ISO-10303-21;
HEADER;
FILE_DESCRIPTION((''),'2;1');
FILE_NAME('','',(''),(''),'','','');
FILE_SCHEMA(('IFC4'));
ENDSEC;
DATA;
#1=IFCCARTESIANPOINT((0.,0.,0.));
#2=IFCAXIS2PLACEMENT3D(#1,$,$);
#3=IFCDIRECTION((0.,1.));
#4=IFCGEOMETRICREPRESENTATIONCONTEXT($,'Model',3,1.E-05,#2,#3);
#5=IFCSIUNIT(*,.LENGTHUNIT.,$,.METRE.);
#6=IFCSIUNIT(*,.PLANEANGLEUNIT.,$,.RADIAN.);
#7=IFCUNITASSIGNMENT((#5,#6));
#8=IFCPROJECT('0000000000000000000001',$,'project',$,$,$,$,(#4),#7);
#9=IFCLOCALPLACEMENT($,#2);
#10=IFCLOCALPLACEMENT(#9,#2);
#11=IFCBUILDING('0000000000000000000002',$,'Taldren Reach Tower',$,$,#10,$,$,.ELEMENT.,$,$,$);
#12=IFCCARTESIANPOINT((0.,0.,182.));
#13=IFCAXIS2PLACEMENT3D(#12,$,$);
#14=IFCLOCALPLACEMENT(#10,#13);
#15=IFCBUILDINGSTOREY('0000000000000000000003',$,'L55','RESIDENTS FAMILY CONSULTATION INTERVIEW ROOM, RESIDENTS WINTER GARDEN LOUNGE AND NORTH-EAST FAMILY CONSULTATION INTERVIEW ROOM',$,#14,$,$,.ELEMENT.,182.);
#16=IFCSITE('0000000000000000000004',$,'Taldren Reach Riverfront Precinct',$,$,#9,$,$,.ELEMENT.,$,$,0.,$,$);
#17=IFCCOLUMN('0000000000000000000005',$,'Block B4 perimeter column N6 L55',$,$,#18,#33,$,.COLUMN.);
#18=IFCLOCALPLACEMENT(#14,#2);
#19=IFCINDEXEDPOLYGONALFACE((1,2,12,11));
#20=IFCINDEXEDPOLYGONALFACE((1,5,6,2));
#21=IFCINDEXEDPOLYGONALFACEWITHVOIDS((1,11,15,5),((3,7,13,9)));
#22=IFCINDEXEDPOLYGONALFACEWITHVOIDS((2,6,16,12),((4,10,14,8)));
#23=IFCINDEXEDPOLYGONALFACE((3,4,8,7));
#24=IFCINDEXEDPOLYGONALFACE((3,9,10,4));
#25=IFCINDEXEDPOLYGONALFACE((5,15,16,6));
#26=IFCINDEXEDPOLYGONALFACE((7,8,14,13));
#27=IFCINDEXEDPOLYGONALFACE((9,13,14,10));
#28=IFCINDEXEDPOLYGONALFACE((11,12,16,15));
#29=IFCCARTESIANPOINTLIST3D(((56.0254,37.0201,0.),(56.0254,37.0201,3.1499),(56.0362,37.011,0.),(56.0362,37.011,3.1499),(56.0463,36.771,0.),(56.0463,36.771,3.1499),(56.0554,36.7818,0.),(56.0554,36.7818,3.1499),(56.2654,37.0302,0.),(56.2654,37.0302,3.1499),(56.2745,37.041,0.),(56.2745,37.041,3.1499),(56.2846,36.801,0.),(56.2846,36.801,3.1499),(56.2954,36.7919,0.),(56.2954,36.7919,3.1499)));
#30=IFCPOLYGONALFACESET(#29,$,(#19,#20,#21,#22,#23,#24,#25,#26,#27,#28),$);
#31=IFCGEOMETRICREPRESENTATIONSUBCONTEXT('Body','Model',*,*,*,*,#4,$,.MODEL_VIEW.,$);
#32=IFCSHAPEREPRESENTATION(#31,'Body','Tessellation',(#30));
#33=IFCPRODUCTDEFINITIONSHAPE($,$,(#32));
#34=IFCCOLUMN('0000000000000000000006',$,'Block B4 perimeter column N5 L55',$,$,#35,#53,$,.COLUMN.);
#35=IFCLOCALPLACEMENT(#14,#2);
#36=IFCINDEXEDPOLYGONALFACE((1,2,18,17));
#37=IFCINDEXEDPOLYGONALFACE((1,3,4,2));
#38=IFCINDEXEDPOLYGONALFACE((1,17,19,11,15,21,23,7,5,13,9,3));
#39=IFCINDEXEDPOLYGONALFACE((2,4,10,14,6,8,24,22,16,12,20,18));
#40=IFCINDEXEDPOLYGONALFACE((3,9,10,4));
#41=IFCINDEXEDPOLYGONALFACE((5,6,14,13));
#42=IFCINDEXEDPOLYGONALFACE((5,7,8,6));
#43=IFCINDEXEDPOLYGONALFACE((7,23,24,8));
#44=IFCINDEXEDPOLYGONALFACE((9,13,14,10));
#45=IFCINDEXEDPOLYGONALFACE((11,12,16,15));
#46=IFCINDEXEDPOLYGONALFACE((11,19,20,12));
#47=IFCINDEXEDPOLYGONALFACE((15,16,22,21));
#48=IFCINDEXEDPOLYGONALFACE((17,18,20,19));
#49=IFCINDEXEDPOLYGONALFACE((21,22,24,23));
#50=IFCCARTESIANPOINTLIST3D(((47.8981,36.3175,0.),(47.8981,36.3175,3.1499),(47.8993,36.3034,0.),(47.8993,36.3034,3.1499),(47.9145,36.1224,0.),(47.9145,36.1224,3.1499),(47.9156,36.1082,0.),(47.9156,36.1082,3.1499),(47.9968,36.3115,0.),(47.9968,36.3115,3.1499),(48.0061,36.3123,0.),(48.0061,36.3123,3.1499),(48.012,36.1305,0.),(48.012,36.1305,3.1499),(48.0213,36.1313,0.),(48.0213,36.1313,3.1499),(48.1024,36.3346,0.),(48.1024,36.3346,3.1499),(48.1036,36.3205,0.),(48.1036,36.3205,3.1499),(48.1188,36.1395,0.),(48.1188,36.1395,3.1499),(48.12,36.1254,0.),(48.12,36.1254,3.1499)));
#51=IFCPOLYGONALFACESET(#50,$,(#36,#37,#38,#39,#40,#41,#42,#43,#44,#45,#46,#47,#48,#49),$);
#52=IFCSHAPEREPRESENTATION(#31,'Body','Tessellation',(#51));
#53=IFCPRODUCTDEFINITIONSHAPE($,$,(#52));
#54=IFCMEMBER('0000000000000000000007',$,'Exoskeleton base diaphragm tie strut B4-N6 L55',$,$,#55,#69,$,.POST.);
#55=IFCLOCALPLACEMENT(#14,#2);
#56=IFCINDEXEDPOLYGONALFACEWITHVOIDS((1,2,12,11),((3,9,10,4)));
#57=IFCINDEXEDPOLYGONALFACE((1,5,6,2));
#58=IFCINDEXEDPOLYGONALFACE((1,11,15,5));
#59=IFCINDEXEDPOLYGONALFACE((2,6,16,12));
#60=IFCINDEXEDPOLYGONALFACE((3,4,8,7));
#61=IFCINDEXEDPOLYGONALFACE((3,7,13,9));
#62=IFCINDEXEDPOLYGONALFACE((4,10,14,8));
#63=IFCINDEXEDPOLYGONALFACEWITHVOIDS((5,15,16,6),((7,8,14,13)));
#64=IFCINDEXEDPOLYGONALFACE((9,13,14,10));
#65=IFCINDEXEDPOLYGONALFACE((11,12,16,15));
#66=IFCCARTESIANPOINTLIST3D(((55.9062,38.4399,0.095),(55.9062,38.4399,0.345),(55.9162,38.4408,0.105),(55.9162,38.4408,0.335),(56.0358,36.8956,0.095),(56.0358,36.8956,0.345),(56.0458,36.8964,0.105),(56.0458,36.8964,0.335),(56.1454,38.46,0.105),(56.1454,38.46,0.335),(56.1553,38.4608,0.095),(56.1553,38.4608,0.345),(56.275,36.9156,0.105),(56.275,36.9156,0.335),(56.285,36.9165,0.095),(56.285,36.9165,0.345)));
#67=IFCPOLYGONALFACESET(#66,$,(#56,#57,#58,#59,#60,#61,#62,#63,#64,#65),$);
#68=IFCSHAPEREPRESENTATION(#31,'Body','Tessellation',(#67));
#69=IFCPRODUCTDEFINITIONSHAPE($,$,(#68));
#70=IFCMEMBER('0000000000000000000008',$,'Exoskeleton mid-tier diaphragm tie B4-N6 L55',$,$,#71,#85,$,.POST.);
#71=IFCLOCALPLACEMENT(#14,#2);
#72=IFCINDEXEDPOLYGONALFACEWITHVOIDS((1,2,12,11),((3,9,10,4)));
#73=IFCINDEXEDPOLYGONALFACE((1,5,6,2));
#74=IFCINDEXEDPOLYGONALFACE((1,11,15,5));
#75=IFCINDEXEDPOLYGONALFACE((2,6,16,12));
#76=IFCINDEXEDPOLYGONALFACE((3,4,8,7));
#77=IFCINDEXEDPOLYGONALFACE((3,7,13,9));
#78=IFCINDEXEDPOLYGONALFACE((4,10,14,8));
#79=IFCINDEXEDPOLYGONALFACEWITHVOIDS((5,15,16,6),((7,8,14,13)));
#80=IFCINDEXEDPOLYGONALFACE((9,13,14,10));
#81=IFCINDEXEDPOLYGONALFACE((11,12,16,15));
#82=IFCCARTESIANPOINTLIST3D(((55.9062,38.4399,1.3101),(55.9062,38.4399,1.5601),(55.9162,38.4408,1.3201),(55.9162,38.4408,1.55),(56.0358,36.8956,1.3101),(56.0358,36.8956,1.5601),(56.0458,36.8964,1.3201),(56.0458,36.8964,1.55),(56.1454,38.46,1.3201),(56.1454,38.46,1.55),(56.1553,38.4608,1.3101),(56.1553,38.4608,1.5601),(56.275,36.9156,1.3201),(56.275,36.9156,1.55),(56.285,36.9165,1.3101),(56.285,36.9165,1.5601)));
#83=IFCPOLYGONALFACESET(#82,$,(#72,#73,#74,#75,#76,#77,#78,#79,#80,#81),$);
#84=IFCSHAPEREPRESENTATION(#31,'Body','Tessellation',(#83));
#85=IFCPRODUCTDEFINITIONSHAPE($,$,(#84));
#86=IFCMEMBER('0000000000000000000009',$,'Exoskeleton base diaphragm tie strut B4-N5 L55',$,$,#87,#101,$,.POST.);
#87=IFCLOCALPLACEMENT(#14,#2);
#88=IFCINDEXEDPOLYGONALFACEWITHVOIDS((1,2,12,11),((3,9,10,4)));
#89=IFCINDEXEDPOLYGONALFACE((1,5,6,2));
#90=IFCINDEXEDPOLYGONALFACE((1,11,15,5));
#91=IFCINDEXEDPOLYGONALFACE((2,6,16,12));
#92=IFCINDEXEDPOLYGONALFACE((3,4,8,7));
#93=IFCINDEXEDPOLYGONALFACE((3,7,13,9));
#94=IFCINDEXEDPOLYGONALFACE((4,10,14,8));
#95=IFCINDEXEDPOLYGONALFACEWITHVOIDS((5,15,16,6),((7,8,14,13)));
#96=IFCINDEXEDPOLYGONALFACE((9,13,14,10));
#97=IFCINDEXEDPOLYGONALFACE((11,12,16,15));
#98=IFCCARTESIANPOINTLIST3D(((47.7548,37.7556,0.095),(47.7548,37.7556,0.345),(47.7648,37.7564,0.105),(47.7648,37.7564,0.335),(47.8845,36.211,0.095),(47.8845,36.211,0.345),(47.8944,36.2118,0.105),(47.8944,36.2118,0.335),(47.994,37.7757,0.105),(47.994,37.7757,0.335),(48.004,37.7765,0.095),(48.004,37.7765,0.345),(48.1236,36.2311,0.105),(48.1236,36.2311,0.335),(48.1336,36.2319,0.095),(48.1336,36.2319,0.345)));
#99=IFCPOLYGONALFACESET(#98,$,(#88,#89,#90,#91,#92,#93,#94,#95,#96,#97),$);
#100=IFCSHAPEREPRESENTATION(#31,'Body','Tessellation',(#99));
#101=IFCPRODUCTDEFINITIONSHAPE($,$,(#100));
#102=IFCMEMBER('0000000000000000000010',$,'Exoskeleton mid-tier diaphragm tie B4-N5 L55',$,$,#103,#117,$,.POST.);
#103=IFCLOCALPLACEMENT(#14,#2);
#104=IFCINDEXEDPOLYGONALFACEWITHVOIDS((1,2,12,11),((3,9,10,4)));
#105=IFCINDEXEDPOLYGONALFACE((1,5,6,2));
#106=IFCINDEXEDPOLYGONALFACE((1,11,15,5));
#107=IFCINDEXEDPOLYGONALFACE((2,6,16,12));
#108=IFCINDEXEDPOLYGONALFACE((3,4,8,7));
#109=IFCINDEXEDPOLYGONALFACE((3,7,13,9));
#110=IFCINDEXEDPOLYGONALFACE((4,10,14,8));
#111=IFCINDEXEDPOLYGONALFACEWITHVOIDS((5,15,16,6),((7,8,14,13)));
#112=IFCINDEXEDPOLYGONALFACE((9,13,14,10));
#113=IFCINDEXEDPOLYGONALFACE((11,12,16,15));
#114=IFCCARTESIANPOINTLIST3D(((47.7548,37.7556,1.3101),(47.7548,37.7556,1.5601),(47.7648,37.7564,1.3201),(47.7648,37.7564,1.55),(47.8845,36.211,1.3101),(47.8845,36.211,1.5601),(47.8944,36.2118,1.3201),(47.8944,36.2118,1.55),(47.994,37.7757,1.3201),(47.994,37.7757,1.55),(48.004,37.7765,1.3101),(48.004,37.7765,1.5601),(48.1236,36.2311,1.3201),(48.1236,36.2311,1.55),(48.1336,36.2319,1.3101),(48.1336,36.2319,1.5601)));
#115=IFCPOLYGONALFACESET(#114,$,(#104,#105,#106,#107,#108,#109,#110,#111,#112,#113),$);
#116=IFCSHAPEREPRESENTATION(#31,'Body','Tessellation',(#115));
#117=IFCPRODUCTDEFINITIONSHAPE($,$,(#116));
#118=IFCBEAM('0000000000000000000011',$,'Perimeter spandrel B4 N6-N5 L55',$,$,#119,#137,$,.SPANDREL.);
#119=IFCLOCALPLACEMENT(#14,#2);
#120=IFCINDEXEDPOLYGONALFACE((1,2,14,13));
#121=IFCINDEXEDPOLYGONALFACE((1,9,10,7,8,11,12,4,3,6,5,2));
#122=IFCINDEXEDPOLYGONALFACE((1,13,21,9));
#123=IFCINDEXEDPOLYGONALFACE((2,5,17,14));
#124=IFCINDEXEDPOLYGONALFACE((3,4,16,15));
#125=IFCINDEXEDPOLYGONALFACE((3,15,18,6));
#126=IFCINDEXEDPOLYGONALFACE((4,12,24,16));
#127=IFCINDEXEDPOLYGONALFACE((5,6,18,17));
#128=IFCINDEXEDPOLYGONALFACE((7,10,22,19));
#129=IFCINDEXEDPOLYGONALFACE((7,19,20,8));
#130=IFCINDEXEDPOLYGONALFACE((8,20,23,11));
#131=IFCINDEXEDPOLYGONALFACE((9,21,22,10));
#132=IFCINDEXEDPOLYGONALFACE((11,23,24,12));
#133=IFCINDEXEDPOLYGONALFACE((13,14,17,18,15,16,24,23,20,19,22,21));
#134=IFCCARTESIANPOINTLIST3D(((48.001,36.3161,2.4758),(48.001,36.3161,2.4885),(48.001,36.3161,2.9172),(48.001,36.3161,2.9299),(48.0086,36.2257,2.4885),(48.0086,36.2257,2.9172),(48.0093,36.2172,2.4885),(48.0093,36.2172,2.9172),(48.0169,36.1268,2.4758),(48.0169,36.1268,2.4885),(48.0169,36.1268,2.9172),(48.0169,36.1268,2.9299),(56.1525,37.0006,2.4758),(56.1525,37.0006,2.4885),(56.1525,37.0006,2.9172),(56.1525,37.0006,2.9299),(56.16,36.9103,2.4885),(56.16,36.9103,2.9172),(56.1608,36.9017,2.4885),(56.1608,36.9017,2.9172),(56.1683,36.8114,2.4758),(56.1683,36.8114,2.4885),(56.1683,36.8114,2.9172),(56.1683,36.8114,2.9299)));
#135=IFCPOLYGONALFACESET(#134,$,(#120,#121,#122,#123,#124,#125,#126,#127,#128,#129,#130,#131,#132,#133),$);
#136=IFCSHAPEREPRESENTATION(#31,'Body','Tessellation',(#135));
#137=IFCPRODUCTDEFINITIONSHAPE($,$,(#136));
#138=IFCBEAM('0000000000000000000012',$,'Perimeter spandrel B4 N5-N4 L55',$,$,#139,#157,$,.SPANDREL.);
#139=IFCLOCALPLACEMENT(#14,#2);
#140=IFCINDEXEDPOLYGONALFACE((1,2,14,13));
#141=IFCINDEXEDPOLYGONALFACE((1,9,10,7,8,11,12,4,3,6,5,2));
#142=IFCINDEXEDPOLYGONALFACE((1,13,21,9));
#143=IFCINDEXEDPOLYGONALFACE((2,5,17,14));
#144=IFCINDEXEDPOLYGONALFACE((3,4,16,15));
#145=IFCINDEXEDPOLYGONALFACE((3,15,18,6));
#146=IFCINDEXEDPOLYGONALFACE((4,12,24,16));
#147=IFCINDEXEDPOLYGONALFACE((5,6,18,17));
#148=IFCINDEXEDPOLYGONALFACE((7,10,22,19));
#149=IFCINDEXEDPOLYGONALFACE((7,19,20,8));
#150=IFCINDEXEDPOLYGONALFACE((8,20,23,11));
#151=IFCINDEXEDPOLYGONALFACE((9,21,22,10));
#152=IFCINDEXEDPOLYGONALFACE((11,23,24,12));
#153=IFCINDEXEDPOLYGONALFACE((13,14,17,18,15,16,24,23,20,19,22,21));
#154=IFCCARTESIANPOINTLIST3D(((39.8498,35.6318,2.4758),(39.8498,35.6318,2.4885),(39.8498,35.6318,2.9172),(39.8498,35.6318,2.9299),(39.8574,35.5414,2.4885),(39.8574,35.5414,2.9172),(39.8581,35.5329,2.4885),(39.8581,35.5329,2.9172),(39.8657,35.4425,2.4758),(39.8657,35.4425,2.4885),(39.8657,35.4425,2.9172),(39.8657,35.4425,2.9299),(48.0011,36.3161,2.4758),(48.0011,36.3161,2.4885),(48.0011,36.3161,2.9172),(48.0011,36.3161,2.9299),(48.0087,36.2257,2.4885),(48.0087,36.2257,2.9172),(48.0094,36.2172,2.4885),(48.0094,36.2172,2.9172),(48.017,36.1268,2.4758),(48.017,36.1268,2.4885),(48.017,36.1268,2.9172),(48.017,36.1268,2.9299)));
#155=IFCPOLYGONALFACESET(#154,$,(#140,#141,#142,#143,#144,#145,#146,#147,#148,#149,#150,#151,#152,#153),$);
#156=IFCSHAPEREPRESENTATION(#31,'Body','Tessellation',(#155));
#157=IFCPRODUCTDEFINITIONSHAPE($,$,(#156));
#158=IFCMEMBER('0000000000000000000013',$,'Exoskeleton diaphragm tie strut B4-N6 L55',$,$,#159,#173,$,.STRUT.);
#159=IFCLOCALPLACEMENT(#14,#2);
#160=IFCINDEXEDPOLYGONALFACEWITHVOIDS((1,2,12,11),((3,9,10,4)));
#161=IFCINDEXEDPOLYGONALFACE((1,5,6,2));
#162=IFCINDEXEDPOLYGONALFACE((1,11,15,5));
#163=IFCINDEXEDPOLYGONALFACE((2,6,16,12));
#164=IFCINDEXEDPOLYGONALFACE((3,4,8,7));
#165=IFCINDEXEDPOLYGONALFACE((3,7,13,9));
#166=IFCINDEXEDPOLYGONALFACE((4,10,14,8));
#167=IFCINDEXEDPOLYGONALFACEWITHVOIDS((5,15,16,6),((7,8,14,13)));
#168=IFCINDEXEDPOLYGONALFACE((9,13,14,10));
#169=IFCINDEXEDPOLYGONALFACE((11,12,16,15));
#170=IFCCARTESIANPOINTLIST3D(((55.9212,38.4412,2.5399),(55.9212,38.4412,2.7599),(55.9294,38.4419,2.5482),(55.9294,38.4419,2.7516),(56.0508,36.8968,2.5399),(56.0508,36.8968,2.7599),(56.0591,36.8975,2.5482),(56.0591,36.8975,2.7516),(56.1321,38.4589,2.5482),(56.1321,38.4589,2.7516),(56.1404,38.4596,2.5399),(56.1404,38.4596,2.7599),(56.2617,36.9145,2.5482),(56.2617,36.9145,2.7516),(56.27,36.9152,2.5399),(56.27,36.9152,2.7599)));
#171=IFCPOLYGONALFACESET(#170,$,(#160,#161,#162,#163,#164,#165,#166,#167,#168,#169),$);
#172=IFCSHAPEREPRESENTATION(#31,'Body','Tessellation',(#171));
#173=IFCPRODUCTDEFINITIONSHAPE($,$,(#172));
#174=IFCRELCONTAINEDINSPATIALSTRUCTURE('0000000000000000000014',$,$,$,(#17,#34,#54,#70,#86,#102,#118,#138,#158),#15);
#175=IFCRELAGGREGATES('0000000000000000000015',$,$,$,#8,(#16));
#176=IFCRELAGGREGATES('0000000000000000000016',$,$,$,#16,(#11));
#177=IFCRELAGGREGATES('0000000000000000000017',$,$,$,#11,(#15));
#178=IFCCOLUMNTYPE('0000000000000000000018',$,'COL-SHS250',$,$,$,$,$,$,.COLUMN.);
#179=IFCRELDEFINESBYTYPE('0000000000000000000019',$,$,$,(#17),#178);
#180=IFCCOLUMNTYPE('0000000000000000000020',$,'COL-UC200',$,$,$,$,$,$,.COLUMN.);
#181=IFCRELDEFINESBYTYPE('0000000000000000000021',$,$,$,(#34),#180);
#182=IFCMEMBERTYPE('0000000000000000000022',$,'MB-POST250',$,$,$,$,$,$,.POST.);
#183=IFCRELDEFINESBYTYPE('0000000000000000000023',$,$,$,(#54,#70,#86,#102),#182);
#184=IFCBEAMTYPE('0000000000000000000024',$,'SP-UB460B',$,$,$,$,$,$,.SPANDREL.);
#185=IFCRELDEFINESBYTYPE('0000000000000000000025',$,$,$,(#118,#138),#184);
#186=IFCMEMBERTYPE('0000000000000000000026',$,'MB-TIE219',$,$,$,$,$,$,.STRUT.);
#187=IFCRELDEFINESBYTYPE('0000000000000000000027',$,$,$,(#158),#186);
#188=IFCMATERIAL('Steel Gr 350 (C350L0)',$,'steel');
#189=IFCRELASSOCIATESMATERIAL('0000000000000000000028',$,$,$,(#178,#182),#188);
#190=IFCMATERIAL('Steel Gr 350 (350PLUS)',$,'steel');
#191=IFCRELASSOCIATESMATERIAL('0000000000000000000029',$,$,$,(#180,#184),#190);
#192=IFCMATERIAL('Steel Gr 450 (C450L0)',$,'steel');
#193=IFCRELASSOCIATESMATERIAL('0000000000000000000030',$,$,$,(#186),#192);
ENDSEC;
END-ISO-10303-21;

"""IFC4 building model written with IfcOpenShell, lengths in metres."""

from ifc_helpers import new_model, si_unit, direction, frame, origin, origin_2d, place, context, subcontext, project, spatial, hollow_rectangle, i_section, extrude, source, transform, mapped, material, material_profile, profile_set, type_object, element, save


model = new_model("IFC4")

# Units and contexts
model_context = context("Model", 3, precision=1e-05, world=origin(), true_north=direction((0.0, 1.0)))
body_context = subcontext(model_context, "Body", "Model", "MODEL_VIEW")
ifc_project = project(units=[si_unit("LENGTHUNIT", "METRE"), si_unit("PLANEANGLEUNIT", "RADIAN")], contexts=[model_context])

# Site, building, storey
site_placement = place(None, origin())
site = spatial("IfcSite", under=ifc_project, at=site_placement, Name="Taldren Reach Riverfront Precinct", CompositionType="ELEMENT", RefElevation=0.0)
building_placement = place(site_placement, origin())
building = spatial("IfcBuilding", under=site, at=building_placement, Name="Taldren Reach Tower", CompositionType="ELEMENT")
storey_placement = place(building_placement, frame((0.0, 0.0, 182.0)))
storey = spatial("IfcBuildingStorey", under=building, at=storey_placement, Name="L55", Description="RESIDENTS FAMILY CONSULTATION INTERVIEW ROOM, RESIDENTS WINTER GARDEN LOUNGE AND NORTH-EAST FAMILY CONSULTATION INTERVIEW ROOM", CompositionType="ELEMENT", Elevation=182.0)

# Columns
ifc_material_1 = material(Name="Steel Gr 350 (C350L0)", Category="steel")
ifc_material_profile_1 = material_profile(ifc_material_1, hollow_rectangle(XDim=0.25, YDim=0.25, WallThickness=0.01, at=origin_2d()), Name="250x250x10.0SHS")
ifc_profile_set_1 = profile_set([ifc_material_profile_1], Name="Steel Gr 350 (C350L0)")
column_type_1 = type_object("IfcColumnType", Name="COL-SHS250", PredefinedType="COLUMN", material=ifc_profile_set_1)
shared_shape_1 = source(origin(), body_context, "Body", "SweptSolid", [
    extrude(hollow_rectangle(XDim=0.25, YDim=0.25, WallThickness=0.01, at=origin_2d()), origin(), (0.0, 0.0, 1.0), 3.1499),
])
column_1_placement = place(storey_placement, frame((56.1604, 36.906, 0.0), z_axis=(0.0, 0.0, 1.0), x_axis=(0.996493, 0.083678, 0.0)))
element("IfcColumn", 1, at=column_1_placement, inside=storey, type_object=column_type_1, Name="Block B4 perimeter column N6 L55", PredefinedType="COLUMN", context=body_context, shape_type="MappedRepresentation", body=[
    mapped(shared_shape_1, transform((0.0, 0.0, 0.0), scale=1.0)),
])
ifc_material_2 = material(Name="Steel Gr 350 (350PLUS)", Category="steel")
ifc_material_profile_2 = material_profile(ifc_material_2, i_section(OverallWidth=0.2051, OverallDepth=0.21, WebThickness=0.0093, FlangeThickness=0.0142, at=origin_2d()), Name="200UC59.5")
ifc_profile_set_2 = profile_set([ifc_material_profile_2], Name="Steel Gr 350 (350PLUS)")
column_type_2 = type_object("IfcColumnType", Name="COL-UC200", PredefinedType="COLUMN", material=ifc_profile_set_2)
shared_shape_2 = source(origin(), body_context, "Body", "SweptSolid", [
    extrude(i_section(OverallWidth=0.2051, OverallDepth=0.21, WebThickness=0.0093, FlangeThickness=0.0142, at=origin_2d()), origin(), (0.0, 0.0, 1.0), 3.1499),
])
column_2_placement = place(storey_placement, frame((48.009, 36.2214, 0.0), z_axis=(0.0, 0.0, 1.0), x_axis=(0.996493, 0.083678, 0.0)))
element("IfcColumn", 2, at=column_2_placement, inside=storey, type_object=column_type_2, Name="Block B4 perimeter column N5 L55", PredefinedType="COLUMN", context=body_context, shape_type="MappedRepresentation", body=[
    mapped(shared_shape_2, transform((0.0, 0.0, 0.0), scale=1.0)),
])

# Members
ifc_material_profile_3 = material_profile(ifc_material_1, hollow_rectangle(XDim=0.25, YDim=0.25, WallThickness=0.01, at=origin_2d()), Name="250x250x10.0SHS")
ifc_profile_set_3 = profile_set([ifc_material_profile_3], Name="Steel Gr 350 (C350L0)")
member_type_1 = type_object("IfcMemberType", Name="MB-POST250", PredefinedType="POST", material=ifc_profile_set_3)
shared_shape_3 = source(origin(), body_context, "Body", "SweptSolid", [
    extrude(hollow_rectangle(XDim=0.25, YDim=0.25, WallThickness=0.01, at=origin_2d()), origin(), (0.0, 0.0, 1.0), 1.5498),
])
for number, where, z_axis, x_axis, name in (
    (3, (56.1604, 36.906, 0.22), (-0.083645, 0.996496, 0.0), (-0.996496, -0.083645, 0.0), "Exoskeleton base diaphragm tie strut B4-N6 L55"),
    (4, (56.1604, 36.906, 1.4351), (-0.083645, 0.996496, 0.0), (-0.996496, -0.083645, 0.0), "Exoskeleton mid-tier diaphragm tie B4-N6 L55"),
):
    element("IfcMember", number, at=place(storey_placement, frame(where, z_axis=z_axis, x_axis=x_axis)), inside=storey, type_object=member_type_1, Name=name, PredefinedType="POST", context=body_context, shape_type="MappedRepresentation", body=[
        mapped(shared_shape_3, transform((0.0, 0.0, 0.0), scale=1.0)),
    ])
shared_shape_4 = source(origin(), body_context, "Body", "SweptSolid", [
    extrude(hollow_rectangle(XDim=0.25, YDim=0.25, WallThickness=0.01, at=origin_2d()), origin(), (0.0, 0.0, 1.0), 1.55),
])
for number, where, z_axis, x_axis, name in (
    (5, (48.009, 36.2214, 0.22), (-0.083632, 0.996497, 0.0), (-0.996497, -0.083632, 0.0), "Exoskeleton base diaphragm tie strut B4-N5 L55"),
    (6, (48.009, 36.2214, 1.4351), (-0.083632, 0.996497, 0.0), (-0.996497, -0.083632, 0.0), "Exoskeleton mid-tier diaphragm tie B4-N5 L55"),
):
    element("IfcMember", number, at=place(storey_placement, frame(where, z_axis=z_axis, x_axis=x_axis)), inside=storey, type_object=member_type_1, Name=name, PredefinedType="POST", context=body_context, shape_type="MappedRepresentation", body=[
        mapped(shared_shape_4, transform((0.0, 0.0, 0.0), scale=1.0)),
    ])

# Beams
ifc_material_profile_4 = material_profile(ifc_material_2, i_section(OverallWidth=0.1899, OverallDepth=0.4541, WebThickness=0.0085, FlangeThickness=0.0127, at=origin_2d()), Name="460UB67.1")
ifc_profile_set_4 = profile_set([ifc_material_profile_4], Name="Steel Gr 350 (350PLUS)")
beam_type = type_object("IfcBeamType", Name="SP-UB460B", PredefinedType="SPANDREL", material=ifc_profile_set_4)
shared_shape_5 = source(origin(), body_context, "Body", "SweptSolid", [
    extrude(i_section(OverallWidth=0.1899, OverallDepth=0.4541, WebThickness=0.0085, FlangeThickness=0.0127, at=origin_2d()), origin(), (0.0, 0.0, 1.0), 8.1802),
])
beam_1_placement = place(storey_placement, frame((56.1604, 36.906, 2.7029), z_axis=(-0.996492, -0.083688, 0.0), x_axis=(0.083688, -0.996492, 0.0)))
element("IfcBeam", 7, at=beam_1_placement, inside=storey, type_object=beam_type, Name="Perimeter spandrel B4 N6-N5 L55", PredefinedType="SPANDREL", context=body_context, shape_type="MappedRepresentation", body=[
    mapped(shared_shape_5, transform((0.0, 0.0, 0.0), scale=1.0)),
])
shared_shape_6 = source(origin(), body_context, "Body", "SweptSolid", [
    extrude(i_section(OverallWidth=0.1899, OverallDepth=0.4541, WebThickness=0.0085, FlangeThickness=0.0127, at=origin_2d()), origin(), (0.0, 0.0, 1.0), 8.1799),
])
beam_2_placement = place(storey_placement, frame((48.009, 36.2214, 2.7029), z_axis=(-0.996495, -0.083658, 0.0), x_axis=(0.083658, -0.996495, 0.0)))
element("IfcBeam", 8, at=beam_2_placement, inside=storey, type_object=beam_type, Name="Perimeter spandrel B4 N5-N4 L55", PredefinedType="SPANDREL", context=body_context, shape_type="MappedRepresentation", body=[
    mapped(shared_shape_6, transform((0.0, 0.0, 0.0), scale=1.0)),
])

# Member
ifc_material_3 = material(Name="Steel Gr 450 (C450L0)", Category="steel")
ifc_material_profile_5 = material_profile(ifc_material_3, hollow_rectangle(XDim=0.22, YDim=0.22, WallThickness=0.0083, at=origin_2d()), Name="220x220x8.2SHS")
ifc_profile_set_5 = profile_set([ifc_material_profile_5], Name="Steel Gr 450 (C450L0)")
member_type_2 = type_object("IfcMemberType", Name="MB-TIE219", PredefinedType="STRUT", material=ifc_profile_set_5)
shared_shape_7 = source(origin(), body_context, "Body", "SweptSolid", [
    extrude(hollow_rectangle(XDim=0.22, YDim=0.22, WallThickness=0.0083, at=origin_2d()), origin(), (0.0, 0.0, 1.0), 1.5498),
])
member_1_placement = place(storey_placement, frame((56.1604, 36.906, 2.6499), z_axis=(-0.083645, 0.996496, 0.0), x_axis=(-0.996496, -0.083645, 0.0)))
element("IfcMember", 9, at=member_1_placement, inside=storey, type_object=member_type_2, Name="Exoskeleton diaphragm tie strut B4-N6 L55", PredefinedType="STRUT", context=body_context, shape_type="MappedRepresentation", body=[
    mapped(shared_shape_7, transform((0.0, 0.0, 0.0), scale=1.0)),
])

save(model, "model.ifc")
